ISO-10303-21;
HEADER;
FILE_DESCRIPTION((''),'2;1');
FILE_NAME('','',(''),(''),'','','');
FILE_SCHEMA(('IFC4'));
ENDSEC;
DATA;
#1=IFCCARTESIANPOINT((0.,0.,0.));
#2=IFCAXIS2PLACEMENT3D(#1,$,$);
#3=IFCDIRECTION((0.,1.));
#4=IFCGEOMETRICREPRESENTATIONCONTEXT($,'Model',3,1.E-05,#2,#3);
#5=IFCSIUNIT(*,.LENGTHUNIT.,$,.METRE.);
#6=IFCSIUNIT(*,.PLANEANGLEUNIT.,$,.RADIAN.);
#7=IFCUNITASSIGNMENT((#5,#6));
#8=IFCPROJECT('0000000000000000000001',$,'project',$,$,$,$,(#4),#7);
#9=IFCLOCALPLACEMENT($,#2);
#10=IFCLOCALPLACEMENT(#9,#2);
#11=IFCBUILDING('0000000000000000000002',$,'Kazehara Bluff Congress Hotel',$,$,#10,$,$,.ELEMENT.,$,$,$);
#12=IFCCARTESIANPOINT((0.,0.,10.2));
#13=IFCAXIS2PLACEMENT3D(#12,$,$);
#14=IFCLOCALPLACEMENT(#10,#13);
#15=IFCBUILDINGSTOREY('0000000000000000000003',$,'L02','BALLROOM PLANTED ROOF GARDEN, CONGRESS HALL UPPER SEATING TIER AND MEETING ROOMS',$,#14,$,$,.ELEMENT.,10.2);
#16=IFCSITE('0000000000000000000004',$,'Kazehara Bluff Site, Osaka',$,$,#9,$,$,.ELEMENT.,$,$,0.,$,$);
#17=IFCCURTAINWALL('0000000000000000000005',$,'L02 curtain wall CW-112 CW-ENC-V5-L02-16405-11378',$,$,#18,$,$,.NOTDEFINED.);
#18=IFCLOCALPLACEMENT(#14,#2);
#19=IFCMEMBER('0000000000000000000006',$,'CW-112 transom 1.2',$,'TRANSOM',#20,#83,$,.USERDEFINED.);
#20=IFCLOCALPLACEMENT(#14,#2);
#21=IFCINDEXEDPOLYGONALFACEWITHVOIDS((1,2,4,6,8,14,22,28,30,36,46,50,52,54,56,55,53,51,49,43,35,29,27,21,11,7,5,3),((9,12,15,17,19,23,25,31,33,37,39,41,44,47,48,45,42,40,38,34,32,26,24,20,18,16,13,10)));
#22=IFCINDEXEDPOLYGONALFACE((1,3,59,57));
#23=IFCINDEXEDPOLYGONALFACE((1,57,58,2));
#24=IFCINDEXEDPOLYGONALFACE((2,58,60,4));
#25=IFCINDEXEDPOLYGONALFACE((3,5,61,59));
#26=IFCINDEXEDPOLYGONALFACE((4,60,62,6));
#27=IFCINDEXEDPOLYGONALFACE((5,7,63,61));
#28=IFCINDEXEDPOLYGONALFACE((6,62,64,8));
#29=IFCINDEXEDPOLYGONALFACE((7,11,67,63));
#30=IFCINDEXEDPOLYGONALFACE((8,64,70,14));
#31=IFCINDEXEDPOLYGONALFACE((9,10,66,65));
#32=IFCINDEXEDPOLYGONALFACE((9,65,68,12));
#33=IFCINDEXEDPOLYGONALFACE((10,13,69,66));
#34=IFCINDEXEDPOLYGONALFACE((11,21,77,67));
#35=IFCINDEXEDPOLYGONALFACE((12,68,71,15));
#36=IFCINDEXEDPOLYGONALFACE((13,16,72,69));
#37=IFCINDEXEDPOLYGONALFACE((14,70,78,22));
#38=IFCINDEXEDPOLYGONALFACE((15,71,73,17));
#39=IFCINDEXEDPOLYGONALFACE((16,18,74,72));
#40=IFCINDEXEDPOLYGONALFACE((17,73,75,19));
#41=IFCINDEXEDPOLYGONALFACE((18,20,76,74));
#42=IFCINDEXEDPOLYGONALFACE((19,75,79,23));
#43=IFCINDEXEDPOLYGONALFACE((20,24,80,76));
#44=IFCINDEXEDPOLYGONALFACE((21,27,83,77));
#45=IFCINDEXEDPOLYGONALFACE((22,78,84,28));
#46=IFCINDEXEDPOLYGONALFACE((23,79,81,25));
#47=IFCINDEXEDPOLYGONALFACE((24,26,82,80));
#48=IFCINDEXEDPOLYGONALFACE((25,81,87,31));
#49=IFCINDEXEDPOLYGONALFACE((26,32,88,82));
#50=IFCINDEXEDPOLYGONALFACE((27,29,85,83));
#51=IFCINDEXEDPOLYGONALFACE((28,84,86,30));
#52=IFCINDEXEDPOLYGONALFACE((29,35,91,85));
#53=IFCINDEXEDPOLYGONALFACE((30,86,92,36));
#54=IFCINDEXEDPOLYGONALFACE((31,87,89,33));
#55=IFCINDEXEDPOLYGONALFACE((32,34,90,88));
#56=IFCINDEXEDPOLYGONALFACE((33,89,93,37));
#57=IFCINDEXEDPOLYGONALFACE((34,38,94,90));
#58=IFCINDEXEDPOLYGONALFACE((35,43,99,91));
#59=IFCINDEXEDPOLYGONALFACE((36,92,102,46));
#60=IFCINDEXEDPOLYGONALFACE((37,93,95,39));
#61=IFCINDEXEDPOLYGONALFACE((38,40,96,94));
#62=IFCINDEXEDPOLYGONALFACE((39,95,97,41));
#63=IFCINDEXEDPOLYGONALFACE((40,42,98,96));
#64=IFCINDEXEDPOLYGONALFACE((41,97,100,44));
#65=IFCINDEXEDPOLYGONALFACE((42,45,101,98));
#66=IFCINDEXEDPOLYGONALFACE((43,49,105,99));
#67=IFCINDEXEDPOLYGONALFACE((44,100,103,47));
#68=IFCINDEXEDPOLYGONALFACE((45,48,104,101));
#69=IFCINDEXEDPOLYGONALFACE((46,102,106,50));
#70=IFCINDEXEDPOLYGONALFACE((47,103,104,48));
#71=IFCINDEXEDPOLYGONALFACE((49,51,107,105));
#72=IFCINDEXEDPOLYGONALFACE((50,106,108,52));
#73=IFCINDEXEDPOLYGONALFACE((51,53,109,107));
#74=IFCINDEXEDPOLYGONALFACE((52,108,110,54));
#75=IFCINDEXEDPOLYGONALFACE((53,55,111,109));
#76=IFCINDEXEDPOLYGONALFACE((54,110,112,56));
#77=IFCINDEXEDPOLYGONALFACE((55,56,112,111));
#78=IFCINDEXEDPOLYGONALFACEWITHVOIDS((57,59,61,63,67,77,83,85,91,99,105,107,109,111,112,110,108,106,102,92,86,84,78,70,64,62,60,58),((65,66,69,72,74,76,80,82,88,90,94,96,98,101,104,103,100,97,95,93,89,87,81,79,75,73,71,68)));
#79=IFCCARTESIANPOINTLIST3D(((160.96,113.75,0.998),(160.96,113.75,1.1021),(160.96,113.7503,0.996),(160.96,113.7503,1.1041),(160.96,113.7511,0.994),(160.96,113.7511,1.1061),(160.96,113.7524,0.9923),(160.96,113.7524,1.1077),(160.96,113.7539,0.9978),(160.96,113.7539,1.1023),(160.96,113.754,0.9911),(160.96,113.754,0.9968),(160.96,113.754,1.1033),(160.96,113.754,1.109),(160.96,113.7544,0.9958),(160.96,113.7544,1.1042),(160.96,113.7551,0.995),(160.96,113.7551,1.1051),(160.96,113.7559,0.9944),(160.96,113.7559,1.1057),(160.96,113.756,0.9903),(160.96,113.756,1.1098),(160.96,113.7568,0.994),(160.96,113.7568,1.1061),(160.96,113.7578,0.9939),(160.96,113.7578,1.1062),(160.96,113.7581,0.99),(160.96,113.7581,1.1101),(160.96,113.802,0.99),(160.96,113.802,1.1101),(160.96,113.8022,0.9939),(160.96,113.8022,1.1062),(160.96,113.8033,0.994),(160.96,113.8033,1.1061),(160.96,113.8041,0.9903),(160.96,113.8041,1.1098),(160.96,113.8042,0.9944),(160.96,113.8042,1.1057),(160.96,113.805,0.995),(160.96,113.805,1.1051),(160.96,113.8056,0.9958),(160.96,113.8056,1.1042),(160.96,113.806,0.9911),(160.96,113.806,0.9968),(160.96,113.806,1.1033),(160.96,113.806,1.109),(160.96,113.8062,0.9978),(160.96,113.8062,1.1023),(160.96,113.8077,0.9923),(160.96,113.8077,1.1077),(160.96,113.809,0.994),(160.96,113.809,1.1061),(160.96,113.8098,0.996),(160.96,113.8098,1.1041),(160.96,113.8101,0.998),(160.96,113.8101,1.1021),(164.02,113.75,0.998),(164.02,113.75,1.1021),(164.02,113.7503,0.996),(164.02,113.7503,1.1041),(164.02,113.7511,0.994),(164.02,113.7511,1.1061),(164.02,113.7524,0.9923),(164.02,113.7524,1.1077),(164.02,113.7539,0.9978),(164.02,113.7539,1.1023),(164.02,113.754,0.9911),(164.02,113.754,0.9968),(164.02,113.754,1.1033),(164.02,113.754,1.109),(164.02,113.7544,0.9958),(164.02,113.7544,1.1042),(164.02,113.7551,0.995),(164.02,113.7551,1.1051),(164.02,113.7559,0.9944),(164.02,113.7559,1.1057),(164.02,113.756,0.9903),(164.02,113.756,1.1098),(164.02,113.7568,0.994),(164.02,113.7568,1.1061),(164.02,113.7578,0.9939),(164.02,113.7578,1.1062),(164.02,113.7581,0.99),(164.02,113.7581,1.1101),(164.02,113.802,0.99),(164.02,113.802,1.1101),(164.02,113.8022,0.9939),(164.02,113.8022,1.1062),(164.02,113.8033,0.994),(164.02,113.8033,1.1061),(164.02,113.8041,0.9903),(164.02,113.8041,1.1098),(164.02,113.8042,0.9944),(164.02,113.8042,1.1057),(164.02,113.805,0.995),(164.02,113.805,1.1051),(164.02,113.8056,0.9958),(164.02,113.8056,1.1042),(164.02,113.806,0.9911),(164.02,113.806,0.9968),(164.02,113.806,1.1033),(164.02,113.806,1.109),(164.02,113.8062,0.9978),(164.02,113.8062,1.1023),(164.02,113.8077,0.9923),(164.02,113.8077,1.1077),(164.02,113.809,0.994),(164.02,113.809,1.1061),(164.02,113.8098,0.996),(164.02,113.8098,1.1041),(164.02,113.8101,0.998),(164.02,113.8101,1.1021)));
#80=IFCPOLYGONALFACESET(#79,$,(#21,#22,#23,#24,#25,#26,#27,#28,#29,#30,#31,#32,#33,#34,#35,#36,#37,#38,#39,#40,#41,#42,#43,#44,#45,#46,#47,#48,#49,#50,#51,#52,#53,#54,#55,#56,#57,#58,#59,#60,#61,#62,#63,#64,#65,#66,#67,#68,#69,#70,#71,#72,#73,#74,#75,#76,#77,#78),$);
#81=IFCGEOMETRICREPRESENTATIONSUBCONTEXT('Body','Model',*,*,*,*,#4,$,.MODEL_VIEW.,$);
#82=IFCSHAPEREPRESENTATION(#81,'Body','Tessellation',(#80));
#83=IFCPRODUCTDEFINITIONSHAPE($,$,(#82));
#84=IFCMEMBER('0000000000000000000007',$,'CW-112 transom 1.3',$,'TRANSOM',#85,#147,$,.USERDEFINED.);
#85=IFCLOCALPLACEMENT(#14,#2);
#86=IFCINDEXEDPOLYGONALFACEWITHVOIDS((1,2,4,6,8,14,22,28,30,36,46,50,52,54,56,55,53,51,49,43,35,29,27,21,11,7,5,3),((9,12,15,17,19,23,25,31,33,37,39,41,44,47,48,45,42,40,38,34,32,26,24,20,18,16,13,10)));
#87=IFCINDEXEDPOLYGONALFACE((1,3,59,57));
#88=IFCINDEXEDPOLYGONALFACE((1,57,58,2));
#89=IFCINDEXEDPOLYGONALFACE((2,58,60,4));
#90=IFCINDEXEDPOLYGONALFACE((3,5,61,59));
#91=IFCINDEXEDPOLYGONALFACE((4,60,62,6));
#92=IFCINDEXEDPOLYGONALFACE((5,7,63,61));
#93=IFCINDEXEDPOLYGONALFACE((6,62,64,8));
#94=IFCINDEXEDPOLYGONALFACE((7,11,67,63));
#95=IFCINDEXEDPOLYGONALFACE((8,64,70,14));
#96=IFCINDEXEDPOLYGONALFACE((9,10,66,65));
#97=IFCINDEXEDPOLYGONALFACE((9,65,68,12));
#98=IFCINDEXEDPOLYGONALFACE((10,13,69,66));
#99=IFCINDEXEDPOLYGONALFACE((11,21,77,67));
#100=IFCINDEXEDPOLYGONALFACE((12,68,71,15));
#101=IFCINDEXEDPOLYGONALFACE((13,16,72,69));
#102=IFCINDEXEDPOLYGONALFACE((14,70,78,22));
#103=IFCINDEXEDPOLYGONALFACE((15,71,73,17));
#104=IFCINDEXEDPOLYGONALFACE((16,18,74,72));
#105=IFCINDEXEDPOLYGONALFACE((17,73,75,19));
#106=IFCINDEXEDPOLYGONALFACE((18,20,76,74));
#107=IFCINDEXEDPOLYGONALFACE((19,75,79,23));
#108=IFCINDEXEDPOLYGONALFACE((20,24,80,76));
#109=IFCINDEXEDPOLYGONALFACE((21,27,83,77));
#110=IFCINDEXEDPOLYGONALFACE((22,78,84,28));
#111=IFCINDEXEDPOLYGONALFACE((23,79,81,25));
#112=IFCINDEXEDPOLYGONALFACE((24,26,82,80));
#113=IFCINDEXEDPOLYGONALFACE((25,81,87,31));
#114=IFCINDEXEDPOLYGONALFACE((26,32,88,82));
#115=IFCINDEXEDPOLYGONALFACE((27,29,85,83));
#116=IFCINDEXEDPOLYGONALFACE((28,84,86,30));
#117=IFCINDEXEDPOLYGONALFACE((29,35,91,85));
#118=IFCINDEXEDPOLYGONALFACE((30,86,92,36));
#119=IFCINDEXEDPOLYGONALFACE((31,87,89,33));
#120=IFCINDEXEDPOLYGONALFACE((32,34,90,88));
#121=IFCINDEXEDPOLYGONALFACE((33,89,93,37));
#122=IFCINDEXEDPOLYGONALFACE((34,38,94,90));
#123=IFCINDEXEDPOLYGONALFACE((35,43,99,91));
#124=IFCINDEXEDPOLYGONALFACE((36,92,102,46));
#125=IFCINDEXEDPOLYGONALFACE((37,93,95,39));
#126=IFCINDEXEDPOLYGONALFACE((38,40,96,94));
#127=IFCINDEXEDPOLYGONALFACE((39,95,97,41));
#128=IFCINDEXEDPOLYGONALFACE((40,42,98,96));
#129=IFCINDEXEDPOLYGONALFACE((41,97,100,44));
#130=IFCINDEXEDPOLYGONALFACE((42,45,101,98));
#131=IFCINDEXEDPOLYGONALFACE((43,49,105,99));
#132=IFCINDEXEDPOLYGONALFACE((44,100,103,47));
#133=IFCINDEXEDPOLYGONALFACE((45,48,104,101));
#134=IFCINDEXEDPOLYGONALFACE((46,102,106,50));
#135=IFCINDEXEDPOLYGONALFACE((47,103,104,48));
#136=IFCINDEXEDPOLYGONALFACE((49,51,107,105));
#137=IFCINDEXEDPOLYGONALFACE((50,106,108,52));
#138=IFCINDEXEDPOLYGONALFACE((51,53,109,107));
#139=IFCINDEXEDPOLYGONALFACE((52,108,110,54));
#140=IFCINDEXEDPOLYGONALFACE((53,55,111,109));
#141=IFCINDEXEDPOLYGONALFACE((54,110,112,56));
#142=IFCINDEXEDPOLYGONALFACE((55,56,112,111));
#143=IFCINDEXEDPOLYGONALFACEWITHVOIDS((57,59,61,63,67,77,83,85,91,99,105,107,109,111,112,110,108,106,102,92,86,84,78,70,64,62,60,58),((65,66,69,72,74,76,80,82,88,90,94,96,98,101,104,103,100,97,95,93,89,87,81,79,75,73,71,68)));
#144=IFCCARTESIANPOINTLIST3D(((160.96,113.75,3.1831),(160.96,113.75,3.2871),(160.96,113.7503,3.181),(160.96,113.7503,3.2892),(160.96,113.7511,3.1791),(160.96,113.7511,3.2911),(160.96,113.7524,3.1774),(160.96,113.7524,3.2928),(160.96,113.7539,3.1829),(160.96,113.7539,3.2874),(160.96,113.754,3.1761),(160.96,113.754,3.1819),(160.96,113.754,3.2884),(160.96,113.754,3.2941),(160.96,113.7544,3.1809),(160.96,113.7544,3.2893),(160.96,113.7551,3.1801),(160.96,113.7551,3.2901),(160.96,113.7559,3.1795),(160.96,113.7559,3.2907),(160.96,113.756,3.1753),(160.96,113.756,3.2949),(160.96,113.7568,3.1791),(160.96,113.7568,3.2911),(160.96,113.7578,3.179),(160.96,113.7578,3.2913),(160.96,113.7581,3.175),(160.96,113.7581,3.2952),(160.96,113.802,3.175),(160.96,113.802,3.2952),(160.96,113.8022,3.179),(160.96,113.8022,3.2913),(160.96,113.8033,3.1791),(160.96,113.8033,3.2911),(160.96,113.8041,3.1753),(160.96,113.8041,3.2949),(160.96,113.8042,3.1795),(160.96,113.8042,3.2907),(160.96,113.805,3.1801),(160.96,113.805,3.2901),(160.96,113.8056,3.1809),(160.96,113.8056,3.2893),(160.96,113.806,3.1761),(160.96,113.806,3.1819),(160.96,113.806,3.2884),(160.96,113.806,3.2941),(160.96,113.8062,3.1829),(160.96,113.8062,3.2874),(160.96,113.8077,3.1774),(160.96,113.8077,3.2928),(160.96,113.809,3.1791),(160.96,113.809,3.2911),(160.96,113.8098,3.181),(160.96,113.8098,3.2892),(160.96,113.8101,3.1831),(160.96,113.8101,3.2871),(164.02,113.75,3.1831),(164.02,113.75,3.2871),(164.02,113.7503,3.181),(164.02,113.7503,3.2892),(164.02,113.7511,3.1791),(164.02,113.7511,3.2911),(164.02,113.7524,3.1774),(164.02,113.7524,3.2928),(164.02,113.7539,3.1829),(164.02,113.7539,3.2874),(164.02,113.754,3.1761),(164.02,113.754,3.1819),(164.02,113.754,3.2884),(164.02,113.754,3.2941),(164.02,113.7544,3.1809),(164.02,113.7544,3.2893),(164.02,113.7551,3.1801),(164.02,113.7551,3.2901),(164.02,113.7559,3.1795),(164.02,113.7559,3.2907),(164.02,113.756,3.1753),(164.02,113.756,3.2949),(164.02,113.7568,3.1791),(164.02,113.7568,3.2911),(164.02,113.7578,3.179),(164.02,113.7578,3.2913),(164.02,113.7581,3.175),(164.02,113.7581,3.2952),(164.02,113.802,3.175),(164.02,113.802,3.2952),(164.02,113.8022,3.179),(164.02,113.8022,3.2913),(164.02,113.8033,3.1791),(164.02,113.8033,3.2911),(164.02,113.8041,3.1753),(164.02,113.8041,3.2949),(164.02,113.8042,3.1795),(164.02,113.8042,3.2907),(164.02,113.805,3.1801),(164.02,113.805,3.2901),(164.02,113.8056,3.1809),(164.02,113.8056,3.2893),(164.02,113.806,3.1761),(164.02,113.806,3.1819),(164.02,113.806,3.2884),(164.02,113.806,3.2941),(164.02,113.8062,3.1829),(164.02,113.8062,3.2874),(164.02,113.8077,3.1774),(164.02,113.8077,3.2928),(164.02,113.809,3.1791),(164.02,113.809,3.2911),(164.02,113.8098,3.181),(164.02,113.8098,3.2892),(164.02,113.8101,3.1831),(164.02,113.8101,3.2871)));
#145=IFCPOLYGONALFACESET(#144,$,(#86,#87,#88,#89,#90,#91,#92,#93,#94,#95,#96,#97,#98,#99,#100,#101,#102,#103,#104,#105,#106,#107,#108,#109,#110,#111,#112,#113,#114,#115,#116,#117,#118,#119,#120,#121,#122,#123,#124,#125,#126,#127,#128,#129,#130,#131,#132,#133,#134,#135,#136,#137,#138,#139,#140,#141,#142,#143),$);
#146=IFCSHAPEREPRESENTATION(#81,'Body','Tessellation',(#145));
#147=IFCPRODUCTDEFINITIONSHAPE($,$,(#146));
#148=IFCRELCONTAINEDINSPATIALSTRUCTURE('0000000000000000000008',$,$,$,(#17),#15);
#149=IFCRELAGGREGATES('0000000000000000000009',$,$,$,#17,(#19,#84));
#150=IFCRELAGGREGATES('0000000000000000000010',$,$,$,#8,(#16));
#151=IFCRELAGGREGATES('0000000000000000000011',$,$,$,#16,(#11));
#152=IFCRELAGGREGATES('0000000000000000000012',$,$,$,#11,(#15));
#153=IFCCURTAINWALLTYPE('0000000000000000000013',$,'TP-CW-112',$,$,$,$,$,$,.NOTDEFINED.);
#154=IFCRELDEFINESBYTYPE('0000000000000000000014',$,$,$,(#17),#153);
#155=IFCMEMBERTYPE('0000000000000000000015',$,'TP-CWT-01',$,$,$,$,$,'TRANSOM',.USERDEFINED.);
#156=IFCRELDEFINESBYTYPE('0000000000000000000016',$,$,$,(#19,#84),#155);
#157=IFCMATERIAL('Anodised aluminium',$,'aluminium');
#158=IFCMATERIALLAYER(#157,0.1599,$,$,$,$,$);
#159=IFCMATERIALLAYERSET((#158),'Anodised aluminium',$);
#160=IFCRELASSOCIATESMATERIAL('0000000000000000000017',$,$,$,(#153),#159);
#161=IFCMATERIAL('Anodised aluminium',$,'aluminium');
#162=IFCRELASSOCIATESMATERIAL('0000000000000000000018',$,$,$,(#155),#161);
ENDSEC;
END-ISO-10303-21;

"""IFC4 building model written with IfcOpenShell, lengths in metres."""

from ifc_helpers import new_model, si_unit, direction, frame, origin, origin_2d, place, context, subcontext, project, spatial, hollow_rectangle, extrude, material, layer, layer_set, material_profile, profile_set, type_object, element, aggregate, save


model = new_model("IFC4")

# Units and contexts
model_context = context("Model", 3, precision=1e-05, world=origin(), true_north=direction((0.0, 1.0)))
body_context = subcontext(model_context, "Body", "Model", "MODEL_VIEW")
ifc_project = project(units=[si_unit("LENGTHUNIT", "METRE"), si_unit("PLANEANGLEUNIT", "RADIAN")], contexts=[model_context])

# Site, building, storey
site_placement = place(None, origin())
site = spatial("IfcSite", under=ifc_project, at=site_placement, Name="Kazehara Bluff Site, Osaka", CompositionType="ELEMENT", RefElevation=0.0)
building_placement = place(site_placement, origin())
building = spatial("IfcBuilding", under=site, at=building_placement, Name="Kazehara Bluff Congress Hotel", CompositionType="ELEMENT")
storey_placement = place(building_placement, frame((0.0, 0.0, 10.2)))
storey = spatial("IfcBuildingStorey", under=building, at=storey_placement, Name="L02", Description="BALLROOM PLANTED ROOF GARDEN, CONGRESS HALL UPPER SEATING TIER AND MEETING ROOMS", CompositionType="ELEMENT", Elevation=10.2)

# Curtain wall
ifc_material_1 = material(Name="Anodised aluminium", Category="aluminium")
ifc_layer_1 = layer(ifc_material_1, 0.1599)
ifc_layer_set_1 = layer_set([ifc_layer_1], Name="Anodised aluminium")
curtain_wall_type_1 = type_object("IfcCurtainWallType", Name="TP-CW-112", PredefinedType="NOTDEFINED", material=ifc_layer_set_1)
curtain_wall_1_placement = place(storey_placement, origin())
curtain_wall_1 = element("IfcCurtainWall", 1, at=curtain_wall_1_placement, inside=storey, type_object=curtain_wall_type_1, Name="L02 curtain wall CW-112 CW-ENC-V5-L02-16405-11378", PredefinedType="NOTDEFINED")

# Members
ifc_material_2 = material(Name="Anodised aluminium", Category="aluminium")
ifc_material_profile_1 = material_profile(ifc_material_2, hollow_rectangle(XDim=0.0601, YDim=0.1201, WallThickness=0.0039, InnerFilletRadius=0.0039, OuterFilletRadius=0.0081, at=origin_2d()))
ifc_profile_set_1 = profile_set([ifc_material_profile_1], Name="Anodised aluminium")
member_type_1 = type_object("IfcMemberType", Name="TP-CWT-01", ElementType="TRANSOM", PredefinedType="USERDEFINED", material=ifc_profile_set_1)
member_1_placement = place(storey_placement, frame((160.96, 113.78, 1.05), z_axis=(1.0, 0.0, 0.0), x_axis=(0.0, 1.0, 0.0)))
member_1 = element("IfcMember", 2, at=member_1_placement, type_object=member_type_1, Name="CW-112 transom 1.2", ObjectType="TRANSOM", PredefinedType="USERDEFINED", context=body_context, shape_type="SweptSolid", body=[
    extrude(hollow_rectangle(XDim=0.0601, YDim=0.1201, WallThickness=0.0039, InnerFilletRadius=0.0039, OuterFilletRadius=0.0081, at=origin_2d()), origin(), (0.0, 0.0, 1.0), 3.0601),
])
member_2_placement = place(storey_placement, frame((160.96, 113.78, 3.2351), z_axis=(1.0, 0.0, 0.0), x_axis=(0.0, 1.0, 0.0)))
member_2 = element("IfcMember", 3, at=member_2_placement, type_object=member_type_1, Name="CW-112 transom 1.3", ObjectType="TRANSOM", PredefinedType="USERDEFINED", context=body_context, shape_type="SweptSolid", body=[
    extrude(hollow_rectangle(XDim=0.0601, YDim=0.1201, WallThickness=0.0039, InnerFilletRadius=0.0039, OuterFilletRadius=0.0081, at=origin_2d()), origin(), (0.0, 0.0, 1.0), 3.0601),
])

aggregate(curtain_wall_1, [member_1, member_2])

save(model, "model.ifc")
